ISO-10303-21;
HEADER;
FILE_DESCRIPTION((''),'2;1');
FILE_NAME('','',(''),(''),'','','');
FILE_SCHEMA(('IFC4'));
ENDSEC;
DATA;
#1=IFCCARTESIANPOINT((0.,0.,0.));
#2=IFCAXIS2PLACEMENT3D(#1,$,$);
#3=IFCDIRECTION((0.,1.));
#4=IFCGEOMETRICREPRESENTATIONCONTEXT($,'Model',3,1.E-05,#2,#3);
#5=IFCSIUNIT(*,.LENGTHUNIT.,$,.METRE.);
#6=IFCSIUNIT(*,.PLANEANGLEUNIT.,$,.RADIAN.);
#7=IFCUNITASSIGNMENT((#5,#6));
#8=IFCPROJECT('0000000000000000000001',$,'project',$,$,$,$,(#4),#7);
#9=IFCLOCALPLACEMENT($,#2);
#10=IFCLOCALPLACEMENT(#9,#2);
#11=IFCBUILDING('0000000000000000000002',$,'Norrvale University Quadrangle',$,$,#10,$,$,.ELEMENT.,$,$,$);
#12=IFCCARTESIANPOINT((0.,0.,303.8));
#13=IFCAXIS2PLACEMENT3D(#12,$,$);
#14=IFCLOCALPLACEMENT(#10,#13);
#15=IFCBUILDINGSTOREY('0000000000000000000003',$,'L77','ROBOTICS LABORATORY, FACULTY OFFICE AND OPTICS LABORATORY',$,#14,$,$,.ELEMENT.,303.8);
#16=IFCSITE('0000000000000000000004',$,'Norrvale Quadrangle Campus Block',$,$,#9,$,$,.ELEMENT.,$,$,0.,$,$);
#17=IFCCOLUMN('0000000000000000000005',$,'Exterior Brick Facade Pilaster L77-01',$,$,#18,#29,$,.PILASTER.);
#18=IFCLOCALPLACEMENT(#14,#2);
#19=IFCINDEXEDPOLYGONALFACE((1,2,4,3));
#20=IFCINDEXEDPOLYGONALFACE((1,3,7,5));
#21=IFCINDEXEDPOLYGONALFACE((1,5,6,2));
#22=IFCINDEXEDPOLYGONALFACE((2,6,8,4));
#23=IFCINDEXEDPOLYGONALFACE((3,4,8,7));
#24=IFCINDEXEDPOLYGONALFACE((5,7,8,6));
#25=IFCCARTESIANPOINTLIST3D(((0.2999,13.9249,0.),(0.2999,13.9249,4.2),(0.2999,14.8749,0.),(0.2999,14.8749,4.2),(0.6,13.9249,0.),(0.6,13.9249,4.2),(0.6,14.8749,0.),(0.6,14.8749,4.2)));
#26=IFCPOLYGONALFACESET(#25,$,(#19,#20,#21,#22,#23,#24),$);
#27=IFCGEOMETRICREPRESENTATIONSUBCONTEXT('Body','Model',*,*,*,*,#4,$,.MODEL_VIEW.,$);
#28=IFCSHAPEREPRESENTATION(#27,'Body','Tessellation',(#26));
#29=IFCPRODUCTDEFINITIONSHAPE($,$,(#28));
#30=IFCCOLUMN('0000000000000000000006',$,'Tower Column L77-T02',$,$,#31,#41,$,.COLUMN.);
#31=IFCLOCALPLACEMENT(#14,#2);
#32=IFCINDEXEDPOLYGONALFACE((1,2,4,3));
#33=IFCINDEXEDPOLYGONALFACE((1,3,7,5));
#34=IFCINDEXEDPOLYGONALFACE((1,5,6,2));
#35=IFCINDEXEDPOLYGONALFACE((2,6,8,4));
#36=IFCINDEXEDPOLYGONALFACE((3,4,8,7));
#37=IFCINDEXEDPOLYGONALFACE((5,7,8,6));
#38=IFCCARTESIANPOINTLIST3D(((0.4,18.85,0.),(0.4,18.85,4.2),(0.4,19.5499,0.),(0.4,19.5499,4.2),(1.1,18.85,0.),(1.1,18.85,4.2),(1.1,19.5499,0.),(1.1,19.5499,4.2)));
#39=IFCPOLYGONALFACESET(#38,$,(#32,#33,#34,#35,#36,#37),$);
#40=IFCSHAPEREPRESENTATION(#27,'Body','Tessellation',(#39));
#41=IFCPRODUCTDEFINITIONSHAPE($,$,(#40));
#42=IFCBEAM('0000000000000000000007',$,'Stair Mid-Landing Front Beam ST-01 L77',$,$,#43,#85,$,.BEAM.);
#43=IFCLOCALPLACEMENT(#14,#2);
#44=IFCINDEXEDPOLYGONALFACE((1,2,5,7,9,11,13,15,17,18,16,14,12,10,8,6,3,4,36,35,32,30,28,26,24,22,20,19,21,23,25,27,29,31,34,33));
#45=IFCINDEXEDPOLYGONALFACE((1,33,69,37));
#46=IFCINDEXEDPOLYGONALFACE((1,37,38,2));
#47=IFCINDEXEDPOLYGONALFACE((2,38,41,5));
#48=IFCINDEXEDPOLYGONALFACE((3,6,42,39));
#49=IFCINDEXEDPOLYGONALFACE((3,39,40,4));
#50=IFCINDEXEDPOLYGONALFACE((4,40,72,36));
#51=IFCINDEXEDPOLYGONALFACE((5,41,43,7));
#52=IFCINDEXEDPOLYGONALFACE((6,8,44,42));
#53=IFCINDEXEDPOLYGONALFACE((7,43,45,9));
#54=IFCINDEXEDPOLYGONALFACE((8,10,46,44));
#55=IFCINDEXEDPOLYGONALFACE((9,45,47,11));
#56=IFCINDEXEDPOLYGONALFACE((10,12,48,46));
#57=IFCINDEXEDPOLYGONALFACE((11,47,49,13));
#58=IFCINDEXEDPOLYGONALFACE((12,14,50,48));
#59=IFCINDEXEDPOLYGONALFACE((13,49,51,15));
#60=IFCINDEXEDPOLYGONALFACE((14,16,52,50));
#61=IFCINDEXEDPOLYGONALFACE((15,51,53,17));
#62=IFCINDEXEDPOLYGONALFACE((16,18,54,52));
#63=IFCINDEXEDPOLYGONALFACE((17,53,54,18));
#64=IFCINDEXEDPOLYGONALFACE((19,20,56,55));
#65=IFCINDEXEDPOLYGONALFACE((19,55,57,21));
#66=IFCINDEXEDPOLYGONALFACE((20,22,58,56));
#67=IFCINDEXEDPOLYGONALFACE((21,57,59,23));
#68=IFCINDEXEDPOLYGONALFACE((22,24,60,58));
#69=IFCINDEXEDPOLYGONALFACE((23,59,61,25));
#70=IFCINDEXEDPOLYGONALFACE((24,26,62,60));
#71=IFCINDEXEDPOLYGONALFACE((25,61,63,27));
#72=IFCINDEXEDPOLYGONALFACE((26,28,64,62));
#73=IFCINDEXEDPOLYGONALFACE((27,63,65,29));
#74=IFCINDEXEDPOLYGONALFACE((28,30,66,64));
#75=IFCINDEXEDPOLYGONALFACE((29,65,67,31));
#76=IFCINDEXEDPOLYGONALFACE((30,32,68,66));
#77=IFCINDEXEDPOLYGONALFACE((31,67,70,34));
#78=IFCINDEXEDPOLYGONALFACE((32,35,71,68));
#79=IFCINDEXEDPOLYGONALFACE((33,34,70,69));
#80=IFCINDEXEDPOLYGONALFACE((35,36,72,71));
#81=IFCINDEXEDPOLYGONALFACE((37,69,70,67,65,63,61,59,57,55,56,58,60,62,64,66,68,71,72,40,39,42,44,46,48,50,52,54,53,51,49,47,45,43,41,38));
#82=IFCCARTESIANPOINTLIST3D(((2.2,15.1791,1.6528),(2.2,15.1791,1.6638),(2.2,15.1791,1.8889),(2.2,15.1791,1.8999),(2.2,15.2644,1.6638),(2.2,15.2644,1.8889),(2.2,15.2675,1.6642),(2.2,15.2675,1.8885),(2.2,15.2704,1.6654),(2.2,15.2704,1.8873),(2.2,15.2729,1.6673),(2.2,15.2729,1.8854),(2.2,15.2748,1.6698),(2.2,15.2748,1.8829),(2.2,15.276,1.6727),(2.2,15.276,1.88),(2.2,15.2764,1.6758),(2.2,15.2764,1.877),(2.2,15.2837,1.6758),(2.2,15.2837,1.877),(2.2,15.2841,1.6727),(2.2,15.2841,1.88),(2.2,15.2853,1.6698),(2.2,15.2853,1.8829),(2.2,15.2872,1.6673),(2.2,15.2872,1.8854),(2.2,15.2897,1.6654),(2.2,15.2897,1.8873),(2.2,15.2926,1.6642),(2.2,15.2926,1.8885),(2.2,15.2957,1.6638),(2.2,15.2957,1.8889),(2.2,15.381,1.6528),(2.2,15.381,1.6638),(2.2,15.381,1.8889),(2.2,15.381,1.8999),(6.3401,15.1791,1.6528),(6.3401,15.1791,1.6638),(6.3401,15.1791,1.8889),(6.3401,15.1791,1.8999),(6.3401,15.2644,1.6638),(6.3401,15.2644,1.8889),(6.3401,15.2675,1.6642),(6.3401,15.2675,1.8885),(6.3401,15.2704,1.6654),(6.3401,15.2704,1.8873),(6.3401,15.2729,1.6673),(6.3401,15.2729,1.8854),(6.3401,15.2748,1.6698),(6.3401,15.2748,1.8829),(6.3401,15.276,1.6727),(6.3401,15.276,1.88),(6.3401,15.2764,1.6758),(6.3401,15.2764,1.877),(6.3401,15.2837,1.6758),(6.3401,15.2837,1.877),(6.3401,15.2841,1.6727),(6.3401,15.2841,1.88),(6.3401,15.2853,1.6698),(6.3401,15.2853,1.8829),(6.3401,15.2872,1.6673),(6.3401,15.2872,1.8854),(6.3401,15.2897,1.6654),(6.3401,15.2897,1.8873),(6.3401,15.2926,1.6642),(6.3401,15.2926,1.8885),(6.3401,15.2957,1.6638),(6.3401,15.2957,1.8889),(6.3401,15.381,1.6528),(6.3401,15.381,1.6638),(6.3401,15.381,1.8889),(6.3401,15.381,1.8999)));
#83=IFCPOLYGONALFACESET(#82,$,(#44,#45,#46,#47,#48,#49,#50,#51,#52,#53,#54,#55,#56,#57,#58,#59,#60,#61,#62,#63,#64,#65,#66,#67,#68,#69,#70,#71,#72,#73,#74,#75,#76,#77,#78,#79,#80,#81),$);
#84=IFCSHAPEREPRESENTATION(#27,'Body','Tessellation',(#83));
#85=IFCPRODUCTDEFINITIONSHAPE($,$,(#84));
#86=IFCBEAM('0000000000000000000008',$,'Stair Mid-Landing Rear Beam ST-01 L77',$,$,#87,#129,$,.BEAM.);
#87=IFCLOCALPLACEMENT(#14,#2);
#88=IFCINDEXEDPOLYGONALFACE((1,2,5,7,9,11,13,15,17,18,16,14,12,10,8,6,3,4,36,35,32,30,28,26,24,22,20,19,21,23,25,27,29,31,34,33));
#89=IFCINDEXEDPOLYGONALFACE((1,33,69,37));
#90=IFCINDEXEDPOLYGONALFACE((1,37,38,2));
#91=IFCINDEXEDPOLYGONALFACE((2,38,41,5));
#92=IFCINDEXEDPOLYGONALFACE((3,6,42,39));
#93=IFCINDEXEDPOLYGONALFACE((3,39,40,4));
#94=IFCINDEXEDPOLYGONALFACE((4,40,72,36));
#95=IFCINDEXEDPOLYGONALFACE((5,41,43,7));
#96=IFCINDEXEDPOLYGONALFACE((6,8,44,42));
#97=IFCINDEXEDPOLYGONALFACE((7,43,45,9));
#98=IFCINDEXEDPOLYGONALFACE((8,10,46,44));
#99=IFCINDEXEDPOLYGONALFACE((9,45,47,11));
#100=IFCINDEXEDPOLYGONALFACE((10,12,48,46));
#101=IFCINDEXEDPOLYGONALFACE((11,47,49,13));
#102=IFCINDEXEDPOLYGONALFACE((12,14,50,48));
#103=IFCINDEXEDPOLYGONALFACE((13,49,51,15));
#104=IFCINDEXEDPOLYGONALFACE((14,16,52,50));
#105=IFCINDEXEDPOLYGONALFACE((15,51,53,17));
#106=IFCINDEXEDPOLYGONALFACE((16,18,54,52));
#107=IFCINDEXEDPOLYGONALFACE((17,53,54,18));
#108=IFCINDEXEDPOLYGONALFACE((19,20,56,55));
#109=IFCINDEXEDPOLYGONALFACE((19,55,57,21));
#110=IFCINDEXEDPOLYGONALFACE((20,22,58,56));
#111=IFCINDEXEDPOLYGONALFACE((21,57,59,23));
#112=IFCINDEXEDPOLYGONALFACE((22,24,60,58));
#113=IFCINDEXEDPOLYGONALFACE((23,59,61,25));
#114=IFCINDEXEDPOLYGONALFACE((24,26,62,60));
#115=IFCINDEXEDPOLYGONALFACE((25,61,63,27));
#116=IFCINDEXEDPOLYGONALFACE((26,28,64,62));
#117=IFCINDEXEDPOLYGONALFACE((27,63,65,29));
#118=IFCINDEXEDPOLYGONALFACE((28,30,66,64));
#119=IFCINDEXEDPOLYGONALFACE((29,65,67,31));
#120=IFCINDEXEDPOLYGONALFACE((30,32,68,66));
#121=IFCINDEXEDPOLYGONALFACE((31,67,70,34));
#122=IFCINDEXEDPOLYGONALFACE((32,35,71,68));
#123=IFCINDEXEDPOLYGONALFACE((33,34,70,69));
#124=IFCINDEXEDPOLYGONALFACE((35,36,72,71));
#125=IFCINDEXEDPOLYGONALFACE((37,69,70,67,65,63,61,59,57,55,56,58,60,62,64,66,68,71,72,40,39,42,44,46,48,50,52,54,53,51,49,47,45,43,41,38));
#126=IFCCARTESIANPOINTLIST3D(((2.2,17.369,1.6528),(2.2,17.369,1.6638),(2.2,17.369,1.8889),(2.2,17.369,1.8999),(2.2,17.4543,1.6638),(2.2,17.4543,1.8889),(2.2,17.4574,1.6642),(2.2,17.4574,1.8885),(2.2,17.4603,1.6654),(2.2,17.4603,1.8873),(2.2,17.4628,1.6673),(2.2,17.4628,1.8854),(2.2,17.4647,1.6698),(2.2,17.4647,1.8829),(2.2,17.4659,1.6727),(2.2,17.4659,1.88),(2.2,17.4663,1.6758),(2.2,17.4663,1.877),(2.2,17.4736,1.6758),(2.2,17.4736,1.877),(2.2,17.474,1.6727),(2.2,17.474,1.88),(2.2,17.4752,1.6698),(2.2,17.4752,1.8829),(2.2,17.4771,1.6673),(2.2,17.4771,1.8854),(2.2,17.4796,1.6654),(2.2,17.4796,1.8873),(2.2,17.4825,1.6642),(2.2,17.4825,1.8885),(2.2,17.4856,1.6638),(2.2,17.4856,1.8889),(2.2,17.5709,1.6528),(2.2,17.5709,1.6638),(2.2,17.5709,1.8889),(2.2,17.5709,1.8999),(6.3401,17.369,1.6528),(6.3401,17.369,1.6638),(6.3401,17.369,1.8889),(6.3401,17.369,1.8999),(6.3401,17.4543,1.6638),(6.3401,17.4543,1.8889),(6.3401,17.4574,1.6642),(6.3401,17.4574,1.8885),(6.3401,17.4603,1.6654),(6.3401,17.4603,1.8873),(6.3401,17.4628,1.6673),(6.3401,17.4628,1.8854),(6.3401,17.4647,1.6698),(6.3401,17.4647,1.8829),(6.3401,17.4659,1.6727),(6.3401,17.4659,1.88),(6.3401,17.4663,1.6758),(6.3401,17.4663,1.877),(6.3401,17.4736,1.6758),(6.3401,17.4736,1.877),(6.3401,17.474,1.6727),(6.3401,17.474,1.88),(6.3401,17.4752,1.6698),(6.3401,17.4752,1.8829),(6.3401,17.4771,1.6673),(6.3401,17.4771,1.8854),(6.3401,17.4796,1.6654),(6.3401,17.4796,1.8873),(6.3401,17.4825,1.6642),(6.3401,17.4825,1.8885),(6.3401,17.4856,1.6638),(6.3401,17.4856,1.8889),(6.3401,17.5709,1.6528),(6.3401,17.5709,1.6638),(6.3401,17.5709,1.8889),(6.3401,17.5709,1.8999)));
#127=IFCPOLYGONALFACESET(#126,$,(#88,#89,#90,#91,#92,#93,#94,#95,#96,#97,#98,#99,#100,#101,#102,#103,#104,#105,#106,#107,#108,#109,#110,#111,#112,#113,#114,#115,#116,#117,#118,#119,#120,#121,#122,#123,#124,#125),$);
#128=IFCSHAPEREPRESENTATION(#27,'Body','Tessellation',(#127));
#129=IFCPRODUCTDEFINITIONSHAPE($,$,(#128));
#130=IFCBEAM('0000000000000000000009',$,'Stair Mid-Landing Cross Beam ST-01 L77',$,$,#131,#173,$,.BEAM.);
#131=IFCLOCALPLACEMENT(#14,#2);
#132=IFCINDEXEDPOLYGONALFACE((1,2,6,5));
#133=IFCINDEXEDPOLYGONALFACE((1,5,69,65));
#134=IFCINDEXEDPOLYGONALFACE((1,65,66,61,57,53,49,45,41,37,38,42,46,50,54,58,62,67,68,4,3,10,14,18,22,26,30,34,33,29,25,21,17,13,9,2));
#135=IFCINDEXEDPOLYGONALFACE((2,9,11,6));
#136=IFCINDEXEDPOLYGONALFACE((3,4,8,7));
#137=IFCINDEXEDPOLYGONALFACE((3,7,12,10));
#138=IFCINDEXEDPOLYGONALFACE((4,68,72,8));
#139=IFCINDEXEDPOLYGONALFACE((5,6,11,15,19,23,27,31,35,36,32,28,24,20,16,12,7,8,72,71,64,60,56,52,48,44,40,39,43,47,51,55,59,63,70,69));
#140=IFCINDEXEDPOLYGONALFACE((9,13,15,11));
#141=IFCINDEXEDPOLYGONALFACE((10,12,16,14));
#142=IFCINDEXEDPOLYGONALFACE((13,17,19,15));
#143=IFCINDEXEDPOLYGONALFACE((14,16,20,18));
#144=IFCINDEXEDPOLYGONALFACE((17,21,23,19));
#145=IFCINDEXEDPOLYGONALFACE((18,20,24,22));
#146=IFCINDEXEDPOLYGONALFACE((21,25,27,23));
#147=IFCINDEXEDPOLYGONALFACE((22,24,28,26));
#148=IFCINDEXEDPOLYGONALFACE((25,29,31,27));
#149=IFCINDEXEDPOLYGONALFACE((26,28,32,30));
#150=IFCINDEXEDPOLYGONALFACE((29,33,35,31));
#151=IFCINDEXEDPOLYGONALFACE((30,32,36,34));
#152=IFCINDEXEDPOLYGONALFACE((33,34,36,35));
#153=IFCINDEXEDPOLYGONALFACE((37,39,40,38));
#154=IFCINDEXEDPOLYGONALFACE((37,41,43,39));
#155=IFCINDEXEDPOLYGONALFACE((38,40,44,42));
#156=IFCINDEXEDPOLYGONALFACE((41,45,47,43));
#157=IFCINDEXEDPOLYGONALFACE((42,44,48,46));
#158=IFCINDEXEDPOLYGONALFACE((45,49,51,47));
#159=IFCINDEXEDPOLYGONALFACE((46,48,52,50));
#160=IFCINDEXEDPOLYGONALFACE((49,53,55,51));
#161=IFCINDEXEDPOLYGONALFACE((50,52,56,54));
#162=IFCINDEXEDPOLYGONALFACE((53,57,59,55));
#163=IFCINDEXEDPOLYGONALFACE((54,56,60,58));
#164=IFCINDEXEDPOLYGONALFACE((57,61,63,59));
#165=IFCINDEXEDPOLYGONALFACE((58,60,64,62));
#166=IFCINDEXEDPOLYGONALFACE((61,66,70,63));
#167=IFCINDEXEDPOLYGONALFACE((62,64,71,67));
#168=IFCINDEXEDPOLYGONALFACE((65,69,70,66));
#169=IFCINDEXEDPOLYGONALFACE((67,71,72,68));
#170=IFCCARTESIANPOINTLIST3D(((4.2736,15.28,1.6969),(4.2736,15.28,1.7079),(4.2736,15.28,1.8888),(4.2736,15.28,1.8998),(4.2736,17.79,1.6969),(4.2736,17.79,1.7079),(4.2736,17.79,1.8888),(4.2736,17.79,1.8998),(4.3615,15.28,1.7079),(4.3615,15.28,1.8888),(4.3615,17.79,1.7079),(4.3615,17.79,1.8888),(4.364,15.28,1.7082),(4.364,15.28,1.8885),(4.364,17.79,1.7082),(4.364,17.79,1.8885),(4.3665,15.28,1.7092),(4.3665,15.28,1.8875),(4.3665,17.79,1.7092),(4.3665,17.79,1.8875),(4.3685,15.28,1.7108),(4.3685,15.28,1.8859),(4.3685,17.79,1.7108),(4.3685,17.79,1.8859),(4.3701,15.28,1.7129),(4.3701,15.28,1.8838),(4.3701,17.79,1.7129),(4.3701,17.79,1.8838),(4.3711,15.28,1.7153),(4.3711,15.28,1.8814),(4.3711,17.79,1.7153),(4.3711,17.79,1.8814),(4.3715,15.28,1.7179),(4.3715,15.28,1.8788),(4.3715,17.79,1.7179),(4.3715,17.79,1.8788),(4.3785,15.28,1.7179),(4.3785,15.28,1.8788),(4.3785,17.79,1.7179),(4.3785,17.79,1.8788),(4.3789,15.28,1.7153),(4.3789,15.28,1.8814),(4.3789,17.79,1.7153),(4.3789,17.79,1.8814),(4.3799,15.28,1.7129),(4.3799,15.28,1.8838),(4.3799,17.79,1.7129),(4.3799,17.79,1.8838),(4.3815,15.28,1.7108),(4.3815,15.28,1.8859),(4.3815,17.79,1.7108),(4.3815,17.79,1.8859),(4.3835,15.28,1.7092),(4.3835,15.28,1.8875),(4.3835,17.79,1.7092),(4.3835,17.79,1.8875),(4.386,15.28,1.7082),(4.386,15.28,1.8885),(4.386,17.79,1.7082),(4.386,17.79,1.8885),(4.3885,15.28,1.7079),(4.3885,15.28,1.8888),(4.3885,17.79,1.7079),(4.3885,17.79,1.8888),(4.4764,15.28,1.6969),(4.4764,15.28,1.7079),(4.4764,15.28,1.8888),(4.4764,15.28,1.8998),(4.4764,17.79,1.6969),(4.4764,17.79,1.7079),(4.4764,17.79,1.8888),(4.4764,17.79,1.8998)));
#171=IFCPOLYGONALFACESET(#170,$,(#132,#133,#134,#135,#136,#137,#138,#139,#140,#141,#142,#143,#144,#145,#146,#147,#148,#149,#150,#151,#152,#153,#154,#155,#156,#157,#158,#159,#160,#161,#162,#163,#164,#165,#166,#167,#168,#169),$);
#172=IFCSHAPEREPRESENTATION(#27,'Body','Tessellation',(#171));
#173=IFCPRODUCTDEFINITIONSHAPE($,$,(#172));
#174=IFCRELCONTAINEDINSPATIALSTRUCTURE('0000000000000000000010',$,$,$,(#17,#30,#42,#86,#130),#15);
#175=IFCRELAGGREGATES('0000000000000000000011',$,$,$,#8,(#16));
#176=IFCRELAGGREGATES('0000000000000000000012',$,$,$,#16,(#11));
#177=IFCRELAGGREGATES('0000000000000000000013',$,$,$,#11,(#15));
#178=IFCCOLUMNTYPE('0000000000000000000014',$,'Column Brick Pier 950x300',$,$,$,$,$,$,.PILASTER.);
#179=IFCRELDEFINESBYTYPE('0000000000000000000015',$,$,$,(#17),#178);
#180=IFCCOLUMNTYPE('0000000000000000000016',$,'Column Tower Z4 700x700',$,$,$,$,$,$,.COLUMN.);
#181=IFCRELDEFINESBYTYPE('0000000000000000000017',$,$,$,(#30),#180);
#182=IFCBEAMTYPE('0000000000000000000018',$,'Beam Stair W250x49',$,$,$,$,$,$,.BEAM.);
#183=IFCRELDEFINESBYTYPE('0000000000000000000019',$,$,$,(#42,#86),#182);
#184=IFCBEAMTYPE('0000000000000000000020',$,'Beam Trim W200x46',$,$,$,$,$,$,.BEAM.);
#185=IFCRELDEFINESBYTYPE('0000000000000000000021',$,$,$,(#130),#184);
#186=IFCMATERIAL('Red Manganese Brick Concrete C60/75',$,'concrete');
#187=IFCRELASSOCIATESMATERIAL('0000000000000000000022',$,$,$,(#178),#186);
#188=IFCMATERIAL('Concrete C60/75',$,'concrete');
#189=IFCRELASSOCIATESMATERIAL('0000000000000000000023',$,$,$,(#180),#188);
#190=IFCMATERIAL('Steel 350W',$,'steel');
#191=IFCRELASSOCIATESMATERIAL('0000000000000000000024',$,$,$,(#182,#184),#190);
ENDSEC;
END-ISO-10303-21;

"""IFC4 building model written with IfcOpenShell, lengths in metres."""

from ifc_helpers import new_model, si_unit, direction, frame, origin, origin_2d, place, context, subcontext, project, spatial, rectangle, i_section, extrude, material, material_profile, profile_set, type_object, element, save


model = new_model("IFC4")

# Units and contexts
model_context = context("Model", 3, precision=1e-05, world=origin(), true_north=direction((0.0, 1.0)))
body_context = subcontext(model_context, "Body", "Model", "MODEL_VIEW")
ifc_project = project(units=[si_unit("LENGTHUNIT", "METRE"), si_unit("PLANEANGLEUNIT", "RADIAN")], contexts=[model_context])

# Site, building, storey
site_placement = place(None, origin())
site = spatial("IfcSite", under=ifc_project, at=site_placement, Name="Norrvale Quadrangle Campus Block", CompositionType="ELEMENT", RefElevation=0.0)
building_placement = place(site_placement, origin())
building = spatial("IfcBuilding", under=site, at=building_placement, Name="Norrvale University Quadrangle", CompositionType="ELEMENT")
storey_placement = place(building_placement, frame((0.0, 0.0, 303.8)))
storey = spatial("IfcBuildingStorey", under=building, at=storey_placement, Name="L77", Description="ROBOTICS LABORATORY, FACULTY OFFICE AND OPTICS LABORATORY", CompositionType="ELEMENT", Elevation=303.8)

# Columns
ifc_material_1 = material(Name="Red Manganese Brick Concrete C60/75", Category="concrete")
ifc_material_profile_1 = material_profile(ifc_material_1, rectangle(XDim=0.95, YDim=0.3, at=origin_2d()), Name="Red Manganese Brick Concrete C60/75")
ifc_profile_set_1 = profile_set([ifc_material_profile_1], Name="Red Manganese Brick Concrete C60/75")
column_type_1 = type_object("IfcColumnType", Name="Column Brick Pier 950x300", PredefinedType="PILASTER", material=ifc_profile_set_1)
column_1_placement = place(storey_placement, frame((0.45, 14.3999, 0.0), z_axis=(0.0, 0.0, 1.0), x_axis=(0.0, 1.0, 0.0)))
element("IfcColumn", 1, at=column_1_placement, inside=storey, type_object=column_type_1, Name="Exterior Brick Facade Pilaster L77-01", PredefinedType="PILASTER", context=body_context, shape_type="SweptSolid", body=[
    extrude(rectangle(XDim=0.95, YDim=0.3, at=origin_2d()), origin(), (0.0, 0.0, 1.0), 4.2),
])
ifc_material_2 = material(Name="Concrete C60/75", Category="concrete")
ifc_material_profile_2 = material_profile(ifc_material_2, rectangle(XDim=0.7, YDim=0.7, at=origin_2d()), Name="Concrete C60/75")
ifc_profile_set_2 = profile_set([ifc_material_profile_2], Name="Concrete C60/75")
column_type_2 = type_object("IfcColumnType", Name="Column Tower Z4 700x700", PredefinedType="COLUMN", material=ifc_profile_set_2)
column_2_placement = place(storey_placement, frame((0.75, 19.2, 0.0), z_axis=(0.0, 0.0, 1.0), x_axis=(1.0, 0.0, 0.0)))
element("IfcColumn", 2, at=column_2_placement, inside=storey, type_object=column_type_2, Name="Tower Column L77-T02", PredefinedType="COLUMN", context=body_context, shape_type="SweptSolid", body=[
    extrude(rectangle(XDim=0.7, YDim=0.7, at=origin_2d()), origin(), (0.0, 0.0, 1.0), 4.2),
])

# Beams
ifc_material_3 = material(Name="Steel 350W", Category="steel")
ifc_material_profile_3 = material_profile(ifc_material_3, i_section(OverallWidth=0.2019, OverallDepth=0.2471, WebThickness=0.0073, FlangeThickness=0.011, FilletRadius=0.012, at=origin_2d()), Name="Steel 350W")
ifc_profile_set_3 = profile_set([ifc_material_profile_3], Name="Steel 350W")
beam_type_1 = type_object("IfcBeamType", Name="Beam Stair W250x49", PredefinedType="BEAM", material=ifc_profile_set_3)
for number, where, z_axis, x_axis, name in (
    (3, (2.2, 15.28, 1.7764), (1.0, 0.0, 0.0), (0.0, 1.0, 0.0), "Stair Mid-Landing Front Beam ST-01 L77"),
    (4, (2.2, 17.47, 1.7764), (1.0, 0.0, 0.0), (0.0, 1.0, 0.0), "Stair Mid-Landing Rear Beam ST-01 L77"),
):
    element("IfcBeam", number, at=place(storey_placement, frame(where, z_axis=z_axis, x_axis=x_axis)), inside=storey, type_object=beam_type_1, Name=name, PredefinedType="BEAM", context=body_context, shape_type="SweptSolid", body=[
        extrude(i_section(OverallWidth=0.2019, OverallDepth=0.2471, WebThickness=0.0073, FlangeThickness=0.011, FilletRadius=0.012, at=origin_2d()), origin(), (0.0, 0.0, 1.0), 4.1401),
    ])
ifc_material_profile_4 = material_profile(ifc_material_3, i_section(OverallWidth=0.2029, OverallDepth=0.2029, WebThickness=0.0071, FlangeThickness=0.011, FilletRadius=0.01, at=origin_2d()), Name="Steel 350W")
ifc_profile_set_4 = profile_set([ifc_material_profile_4], Name="Steel 350W")
beam_type_2 = type_object("IfcBeamType", Name="Beam Trim W200x46", PredefinedType="BEAM", material=ifc_profile_set_4)
beam_placement = place(storey_placement, frame((4.375, 15.28, 1.7983), z_axis=(0.0, 1.0, 0.0), x_axis=(-1.0, 0.0, 0.0)))
element("IfcBeam", 5, at=beam_placement, inside=storey, type_object=beam_type_2, Name="Stair Mid-Landing Cross Beam ST-01 L77", PredefinedType="BEAM", context=body_context, shape_type="SweptSolid", body=[
    extrude(i_section(OverallWidth=0.2029, OverallDepth=0.2029, WebThickness=0.0071, FlangeThickness=0.011, FilletRadius=0.01, at=origin_2d()), origin(), (0.0, 0.0, 1.0), 2.51),
])

save(model, "model.ifc")
